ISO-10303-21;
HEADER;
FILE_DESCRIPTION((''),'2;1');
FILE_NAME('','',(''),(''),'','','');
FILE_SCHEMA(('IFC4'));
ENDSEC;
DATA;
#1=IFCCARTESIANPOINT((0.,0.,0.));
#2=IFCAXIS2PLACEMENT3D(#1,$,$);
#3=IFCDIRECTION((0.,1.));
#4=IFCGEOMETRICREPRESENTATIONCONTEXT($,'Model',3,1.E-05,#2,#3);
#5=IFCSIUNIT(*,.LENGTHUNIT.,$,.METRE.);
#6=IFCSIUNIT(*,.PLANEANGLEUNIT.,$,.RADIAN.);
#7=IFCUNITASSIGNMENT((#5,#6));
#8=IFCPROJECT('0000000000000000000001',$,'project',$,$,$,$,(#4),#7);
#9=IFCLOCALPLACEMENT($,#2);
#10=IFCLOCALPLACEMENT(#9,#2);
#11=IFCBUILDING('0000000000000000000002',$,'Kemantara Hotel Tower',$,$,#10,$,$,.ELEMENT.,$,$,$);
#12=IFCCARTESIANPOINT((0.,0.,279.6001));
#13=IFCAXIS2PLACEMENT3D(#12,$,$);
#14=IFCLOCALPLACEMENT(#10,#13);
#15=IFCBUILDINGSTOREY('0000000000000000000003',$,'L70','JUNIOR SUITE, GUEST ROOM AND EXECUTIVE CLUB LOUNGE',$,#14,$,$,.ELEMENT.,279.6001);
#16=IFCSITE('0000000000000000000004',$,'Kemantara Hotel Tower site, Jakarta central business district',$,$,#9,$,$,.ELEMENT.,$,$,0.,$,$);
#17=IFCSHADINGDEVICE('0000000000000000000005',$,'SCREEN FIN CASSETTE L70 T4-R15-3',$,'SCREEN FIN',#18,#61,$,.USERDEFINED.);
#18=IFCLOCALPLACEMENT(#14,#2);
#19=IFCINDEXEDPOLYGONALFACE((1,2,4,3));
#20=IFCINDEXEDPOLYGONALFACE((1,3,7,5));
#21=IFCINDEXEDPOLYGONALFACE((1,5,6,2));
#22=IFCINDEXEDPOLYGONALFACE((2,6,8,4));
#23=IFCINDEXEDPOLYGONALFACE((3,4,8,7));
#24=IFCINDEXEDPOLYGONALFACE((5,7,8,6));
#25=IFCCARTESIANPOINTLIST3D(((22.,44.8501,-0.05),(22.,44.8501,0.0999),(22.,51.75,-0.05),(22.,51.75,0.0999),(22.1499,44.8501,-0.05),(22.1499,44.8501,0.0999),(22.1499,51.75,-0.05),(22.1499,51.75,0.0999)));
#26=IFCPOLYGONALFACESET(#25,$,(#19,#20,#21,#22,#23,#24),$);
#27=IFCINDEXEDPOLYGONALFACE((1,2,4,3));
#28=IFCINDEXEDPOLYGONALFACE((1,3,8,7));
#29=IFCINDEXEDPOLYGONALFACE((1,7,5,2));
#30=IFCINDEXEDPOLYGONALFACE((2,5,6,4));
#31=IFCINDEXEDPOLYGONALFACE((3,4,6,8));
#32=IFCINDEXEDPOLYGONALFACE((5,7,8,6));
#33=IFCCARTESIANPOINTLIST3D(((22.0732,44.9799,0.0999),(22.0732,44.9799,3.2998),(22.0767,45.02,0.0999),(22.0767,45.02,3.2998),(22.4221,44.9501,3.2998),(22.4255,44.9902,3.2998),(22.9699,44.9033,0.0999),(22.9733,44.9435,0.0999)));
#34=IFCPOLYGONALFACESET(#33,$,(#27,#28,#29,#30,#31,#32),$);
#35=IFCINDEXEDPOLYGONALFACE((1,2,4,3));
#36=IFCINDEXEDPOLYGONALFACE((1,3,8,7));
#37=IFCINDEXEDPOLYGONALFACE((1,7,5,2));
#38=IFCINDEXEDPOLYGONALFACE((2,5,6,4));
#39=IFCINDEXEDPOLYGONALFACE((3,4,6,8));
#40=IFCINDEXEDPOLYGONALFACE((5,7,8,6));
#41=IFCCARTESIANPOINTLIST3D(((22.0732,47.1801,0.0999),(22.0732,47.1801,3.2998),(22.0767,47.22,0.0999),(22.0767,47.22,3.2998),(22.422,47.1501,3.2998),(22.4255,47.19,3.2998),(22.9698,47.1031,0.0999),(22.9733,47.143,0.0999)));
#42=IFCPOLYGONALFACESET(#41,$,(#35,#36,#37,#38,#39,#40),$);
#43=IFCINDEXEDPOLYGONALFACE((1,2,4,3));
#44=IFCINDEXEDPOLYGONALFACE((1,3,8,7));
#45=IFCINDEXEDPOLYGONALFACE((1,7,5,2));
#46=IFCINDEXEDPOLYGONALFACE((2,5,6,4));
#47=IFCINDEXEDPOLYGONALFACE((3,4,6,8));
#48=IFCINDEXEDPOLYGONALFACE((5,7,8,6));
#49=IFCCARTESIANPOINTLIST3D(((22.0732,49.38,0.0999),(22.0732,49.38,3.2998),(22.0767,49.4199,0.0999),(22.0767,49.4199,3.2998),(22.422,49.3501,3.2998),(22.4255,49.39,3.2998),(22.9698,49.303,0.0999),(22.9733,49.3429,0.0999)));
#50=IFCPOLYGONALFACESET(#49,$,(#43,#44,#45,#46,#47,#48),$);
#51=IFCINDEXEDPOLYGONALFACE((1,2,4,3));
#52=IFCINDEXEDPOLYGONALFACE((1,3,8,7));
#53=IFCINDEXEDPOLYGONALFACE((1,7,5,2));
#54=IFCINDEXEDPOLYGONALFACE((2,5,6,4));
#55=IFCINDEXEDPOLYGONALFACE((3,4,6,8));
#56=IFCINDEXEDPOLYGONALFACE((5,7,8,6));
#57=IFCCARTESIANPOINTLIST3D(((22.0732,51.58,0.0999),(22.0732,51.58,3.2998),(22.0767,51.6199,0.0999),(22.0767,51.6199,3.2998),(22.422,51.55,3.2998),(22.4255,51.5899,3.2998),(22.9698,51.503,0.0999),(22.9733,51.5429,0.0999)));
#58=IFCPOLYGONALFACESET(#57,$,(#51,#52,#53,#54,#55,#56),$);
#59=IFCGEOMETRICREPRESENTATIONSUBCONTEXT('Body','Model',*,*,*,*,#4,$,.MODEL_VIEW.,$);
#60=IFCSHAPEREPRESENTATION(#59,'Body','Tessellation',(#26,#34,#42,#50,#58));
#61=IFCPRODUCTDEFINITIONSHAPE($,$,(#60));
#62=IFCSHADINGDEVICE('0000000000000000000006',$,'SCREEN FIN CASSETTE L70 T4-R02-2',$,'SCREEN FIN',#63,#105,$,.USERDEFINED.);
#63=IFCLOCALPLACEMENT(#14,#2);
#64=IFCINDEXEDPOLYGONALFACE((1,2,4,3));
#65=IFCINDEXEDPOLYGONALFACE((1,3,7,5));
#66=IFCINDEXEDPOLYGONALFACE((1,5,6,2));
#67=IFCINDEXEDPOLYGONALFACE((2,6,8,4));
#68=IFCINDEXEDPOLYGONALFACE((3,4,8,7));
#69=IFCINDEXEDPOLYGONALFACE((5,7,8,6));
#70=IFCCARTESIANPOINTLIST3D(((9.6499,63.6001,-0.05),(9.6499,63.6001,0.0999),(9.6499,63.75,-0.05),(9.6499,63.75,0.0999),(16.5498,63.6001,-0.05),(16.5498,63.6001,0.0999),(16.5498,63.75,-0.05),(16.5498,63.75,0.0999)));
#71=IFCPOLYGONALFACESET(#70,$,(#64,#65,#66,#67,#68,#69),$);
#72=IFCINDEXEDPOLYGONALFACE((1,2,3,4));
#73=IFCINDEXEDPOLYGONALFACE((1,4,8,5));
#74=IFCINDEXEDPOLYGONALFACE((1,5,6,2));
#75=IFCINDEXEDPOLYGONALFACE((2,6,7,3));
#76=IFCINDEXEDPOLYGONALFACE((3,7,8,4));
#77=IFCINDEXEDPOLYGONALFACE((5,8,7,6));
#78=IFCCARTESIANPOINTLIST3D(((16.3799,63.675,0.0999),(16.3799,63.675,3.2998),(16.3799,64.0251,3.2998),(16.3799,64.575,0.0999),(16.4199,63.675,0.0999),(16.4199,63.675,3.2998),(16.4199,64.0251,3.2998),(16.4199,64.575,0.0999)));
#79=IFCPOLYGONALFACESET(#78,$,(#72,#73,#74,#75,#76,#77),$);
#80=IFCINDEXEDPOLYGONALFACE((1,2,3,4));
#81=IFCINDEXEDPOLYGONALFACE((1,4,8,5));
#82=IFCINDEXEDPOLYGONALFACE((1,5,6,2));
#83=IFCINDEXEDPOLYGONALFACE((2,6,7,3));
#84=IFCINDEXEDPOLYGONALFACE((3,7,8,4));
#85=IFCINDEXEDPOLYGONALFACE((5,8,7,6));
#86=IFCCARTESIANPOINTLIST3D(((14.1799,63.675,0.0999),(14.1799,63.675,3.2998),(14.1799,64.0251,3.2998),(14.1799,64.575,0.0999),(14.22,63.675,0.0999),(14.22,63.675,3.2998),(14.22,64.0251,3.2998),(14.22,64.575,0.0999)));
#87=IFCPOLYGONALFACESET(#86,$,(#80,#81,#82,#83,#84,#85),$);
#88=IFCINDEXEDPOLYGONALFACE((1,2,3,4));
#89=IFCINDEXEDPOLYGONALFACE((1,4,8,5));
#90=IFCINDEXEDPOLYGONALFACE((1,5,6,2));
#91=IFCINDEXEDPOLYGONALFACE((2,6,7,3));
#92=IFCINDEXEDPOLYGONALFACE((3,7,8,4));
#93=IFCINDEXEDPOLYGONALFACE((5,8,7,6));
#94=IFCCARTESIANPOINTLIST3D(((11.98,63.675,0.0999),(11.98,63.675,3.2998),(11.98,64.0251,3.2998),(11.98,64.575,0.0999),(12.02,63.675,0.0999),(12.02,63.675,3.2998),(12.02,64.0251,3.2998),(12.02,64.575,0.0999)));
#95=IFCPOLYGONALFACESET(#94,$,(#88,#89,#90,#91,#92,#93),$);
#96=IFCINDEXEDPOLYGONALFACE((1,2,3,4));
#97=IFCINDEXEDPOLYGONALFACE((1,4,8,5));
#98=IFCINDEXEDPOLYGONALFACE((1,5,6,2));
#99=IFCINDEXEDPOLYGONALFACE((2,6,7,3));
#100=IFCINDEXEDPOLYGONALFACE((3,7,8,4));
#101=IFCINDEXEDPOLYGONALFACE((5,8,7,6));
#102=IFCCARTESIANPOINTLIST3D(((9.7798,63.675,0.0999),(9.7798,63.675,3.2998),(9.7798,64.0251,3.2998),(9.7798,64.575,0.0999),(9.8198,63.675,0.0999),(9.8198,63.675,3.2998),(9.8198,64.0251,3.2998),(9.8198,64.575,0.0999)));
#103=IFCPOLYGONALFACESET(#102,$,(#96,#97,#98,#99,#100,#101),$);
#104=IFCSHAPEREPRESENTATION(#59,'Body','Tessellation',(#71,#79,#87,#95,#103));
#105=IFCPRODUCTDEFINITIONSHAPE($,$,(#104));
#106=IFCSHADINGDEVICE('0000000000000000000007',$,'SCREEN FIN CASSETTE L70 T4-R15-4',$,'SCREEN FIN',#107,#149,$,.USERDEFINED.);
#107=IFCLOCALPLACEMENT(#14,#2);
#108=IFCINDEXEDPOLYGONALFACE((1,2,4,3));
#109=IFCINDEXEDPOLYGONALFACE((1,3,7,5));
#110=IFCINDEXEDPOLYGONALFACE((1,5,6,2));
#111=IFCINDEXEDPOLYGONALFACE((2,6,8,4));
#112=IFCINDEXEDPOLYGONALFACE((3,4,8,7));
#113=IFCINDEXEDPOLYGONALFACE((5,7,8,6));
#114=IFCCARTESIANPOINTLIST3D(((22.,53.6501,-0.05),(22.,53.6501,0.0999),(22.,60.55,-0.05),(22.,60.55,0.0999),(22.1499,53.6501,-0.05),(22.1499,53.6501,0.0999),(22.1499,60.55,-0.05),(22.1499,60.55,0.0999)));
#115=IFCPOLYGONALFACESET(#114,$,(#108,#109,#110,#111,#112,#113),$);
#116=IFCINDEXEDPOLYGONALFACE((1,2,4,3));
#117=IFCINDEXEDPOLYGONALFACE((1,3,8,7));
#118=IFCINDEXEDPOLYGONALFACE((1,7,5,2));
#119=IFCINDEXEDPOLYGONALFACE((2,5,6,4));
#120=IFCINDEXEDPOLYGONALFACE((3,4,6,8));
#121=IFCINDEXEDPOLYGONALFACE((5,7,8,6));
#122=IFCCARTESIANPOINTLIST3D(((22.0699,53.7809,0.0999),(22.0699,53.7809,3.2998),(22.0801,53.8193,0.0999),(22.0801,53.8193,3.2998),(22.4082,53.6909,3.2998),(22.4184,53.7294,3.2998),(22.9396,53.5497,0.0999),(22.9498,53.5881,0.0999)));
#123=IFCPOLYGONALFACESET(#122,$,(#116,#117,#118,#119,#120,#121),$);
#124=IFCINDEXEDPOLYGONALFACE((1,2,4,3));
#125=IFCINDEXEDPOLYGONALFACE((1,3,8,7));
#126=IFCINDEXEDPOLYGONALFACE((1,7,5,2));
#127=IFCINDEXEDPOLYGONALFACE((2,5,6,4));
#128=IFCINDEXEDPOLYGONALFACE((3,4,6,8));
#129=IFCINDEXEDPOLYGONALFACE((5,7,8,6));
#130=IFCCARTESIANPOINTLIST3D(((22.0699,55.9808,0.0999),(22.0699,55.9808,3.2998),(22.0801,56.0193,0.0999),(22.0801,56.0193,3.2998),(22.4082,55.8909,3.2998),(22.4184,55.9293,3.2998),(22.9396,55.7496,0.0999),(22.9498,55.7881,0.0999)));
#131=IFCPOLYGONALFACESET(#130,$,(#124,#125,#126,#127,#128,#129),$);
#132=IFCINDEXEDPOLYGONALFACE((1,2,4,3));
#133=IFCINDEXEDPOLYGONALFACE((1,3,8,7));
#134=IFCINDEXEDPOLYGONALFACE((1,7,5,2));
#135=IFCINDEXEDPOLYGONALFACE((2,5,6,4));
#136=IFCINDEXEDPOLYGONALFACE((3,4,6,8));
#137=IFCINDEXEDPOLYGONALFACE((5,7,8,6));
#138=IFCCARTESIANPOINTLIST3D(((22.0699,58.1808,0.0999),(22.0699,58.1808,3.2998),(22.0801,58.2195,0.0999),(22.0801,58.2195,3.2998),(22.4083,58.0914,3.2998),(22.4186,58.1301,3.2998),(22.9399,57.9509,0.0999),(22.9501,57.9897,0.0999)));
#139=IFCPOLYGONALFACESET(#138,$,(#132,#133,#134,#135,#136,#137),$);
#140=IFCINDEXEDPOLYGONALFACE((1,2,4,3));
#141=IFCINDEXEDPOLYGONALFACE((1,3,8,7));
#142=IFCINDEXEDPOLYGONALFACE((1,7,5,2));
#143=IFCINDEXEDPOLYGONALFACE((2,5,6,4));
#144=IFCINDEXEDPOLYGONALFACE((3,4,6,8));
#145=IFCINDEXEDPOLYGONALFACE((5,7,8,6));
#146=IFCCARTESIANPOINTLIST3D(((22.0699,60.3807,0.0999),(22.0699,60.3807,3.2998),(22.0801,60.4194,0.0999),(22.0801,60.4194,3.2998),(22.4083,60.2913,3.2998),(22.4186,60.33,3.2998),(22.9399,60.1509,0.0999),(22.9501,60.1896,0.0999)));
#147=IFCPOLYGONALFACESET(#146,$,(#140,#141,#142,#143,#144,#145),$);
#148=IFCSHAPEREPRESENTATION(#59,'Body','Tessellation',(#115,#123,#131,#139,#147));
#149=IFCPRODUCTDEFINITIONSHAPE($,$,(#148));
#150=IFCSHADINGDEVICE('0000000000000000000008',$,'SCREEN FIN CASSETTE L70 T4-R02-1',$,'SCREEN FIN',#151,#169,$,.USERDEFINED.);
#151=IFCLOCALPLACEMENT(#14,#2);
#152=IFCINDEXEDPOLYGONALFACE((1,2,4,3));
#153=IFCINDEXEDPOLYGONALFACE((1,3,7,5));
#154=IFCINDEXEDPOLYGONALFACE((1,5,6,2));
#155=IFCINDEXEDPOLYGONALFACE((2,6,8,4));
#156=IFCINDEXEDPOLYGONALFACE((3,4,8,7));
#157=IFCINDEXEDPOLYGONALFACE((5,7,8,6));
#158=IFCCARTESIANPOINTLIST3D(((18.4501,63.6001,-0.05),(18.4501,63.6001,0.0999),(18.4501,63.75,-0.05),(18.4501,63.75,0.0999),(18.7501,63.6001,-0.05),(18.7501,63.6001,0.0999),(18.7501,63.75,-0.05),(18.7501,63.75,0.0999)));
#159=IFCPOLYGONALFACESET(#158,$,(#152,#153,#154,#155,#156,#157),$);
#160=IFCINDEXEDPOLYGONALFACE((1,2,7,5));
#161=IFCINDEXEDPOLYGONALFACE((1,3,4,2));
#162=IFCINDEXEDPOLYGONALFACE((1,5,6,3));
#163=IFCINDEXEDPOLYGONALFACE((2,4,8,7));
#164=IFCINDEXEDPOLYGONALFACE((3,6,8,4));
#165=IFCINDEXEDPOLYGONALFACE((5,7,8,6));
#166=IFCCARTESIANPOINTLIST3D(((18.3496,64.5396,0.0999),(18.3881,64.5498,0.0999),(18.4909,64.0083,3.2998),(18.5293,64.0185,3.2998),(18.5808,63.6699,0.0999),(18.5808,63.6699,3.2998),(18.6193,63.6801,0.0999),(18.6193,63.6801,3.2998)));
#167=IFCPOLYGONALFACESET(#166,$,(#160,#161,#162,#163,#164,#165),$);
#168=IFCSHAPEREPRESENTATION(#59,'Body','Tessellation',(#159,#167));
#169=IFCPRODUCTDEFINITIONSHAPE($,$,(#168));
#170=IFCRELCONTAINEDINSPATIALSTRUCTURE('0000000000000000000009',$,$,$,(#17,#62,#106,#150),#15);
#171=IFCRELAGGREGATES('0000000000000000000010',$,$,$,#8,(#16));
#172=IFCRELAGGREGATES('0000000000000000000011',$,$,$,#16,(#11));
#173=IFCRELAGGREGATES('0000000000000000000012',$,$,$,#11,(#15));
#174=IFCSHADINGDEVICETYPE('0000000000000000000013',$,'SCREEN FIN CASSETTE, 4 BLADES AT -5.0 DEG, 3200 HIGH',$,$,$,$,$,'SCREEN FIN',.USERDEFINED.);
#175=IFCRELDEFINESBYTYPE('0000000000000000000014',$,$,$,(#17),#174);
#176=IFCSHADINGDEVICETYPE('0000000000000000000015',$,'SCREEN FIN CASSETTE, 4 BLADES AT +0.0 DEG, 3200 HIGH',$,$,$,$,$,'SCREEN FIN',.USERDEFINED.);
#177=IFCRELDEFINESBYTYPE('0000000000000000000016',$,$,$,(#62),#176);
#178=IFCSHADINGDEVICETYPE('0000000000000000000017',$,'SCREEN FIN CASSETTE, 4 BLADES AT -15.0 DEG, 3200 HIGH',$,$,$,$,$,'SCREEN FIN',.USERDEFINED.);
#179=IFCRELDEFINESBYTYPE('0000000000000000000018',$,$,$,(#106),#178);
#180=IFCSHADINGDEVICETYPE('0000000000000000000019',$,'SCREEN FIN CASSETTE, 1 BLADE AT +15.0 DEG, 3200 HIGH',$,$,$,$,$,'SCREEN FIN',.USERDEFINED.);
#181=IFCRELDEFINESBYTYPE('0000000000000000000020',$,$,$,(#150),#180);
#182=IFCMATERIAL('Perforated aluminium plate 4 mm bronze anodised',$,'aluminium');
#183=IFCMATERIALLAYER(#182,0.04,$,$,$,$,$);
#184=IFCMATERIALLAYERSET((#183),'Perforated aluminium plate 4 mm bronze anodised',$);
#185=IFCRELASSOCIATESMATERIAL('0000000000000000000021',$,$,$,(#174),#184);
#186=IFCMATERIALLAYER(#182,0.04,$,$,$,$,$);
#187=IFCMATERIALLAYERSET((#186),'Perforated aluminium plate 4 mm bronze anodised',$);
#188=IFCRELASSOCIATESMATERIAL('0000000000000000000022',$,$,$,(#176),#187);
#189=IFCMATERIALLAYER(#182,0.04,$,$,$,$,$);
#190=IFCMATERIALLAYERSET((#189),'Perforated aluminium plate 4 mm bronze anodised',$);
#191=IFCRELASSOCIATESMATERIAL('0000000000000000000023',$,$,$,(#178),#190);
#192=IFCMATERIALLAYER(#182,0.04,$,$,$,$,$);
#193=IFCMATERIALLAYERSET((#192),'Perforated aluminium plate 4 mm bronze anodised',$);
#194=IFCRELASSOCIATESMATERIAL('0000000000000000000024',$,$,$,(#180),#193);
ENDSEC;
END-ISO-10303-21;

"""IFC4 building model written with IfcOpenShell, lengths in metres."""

from ifc_helpers import new_model, si_unit, direction, frame, origin, origin_2d, place, context, subcontext, project, spatial, polyline, rectangle, outline, extrude, source, transform, mapped, material, layer, layer_set, type_object, element, save


model = new_model("IFC4")

# Units and contexts
model_context = context("Model", 3, precision=1e-05, world=origin(), true_north=direction((0.0, 1.0)))
body_context = subcontext(model_context, "Body", "Model", "MODEL_VIEW")
ifc_project = project(units=[si_unit("LENGTHUNIT", "METRE"), si_unit("PLANEANGLEUNIT", "RADIAN")], contexts=[model_context])

# Site, building, storey
site_placement = place(None, origin())
site = spatial("IfcSite", under=ifc_project, at=site_placement, Name="Kemantara Hotel Tower site, Jakarta central business district", CompositionType="ELEMENT", RefElevation=0.0)
building_placement = place(site_placement, origin())
building = spatial("IfcBuilding", under=site, at=building_placement, Name="Kemantara Hotel Tower", CompositionType="ELEMENT")
storey_placement = place(building_placement, frame((0.0, 0.0, 279.6001)))
storey = spatial("IfcBuildingStorey", under=building, at=storey_placement, Name="L70", Description="JUNIOR SUITE, GUEST ROOM AND EXECUTIVE CLUB LOUNGE", CompositionType="ELEMENT", Elevation=279.6001)

# Shading devices
ifc_material_1 = material(Name="Perforated aluminium plate 4 mm bronze anodised", Category="aluminium")
ifc_layer_1 = layer(ifc_material_1, 0.04)
ifc_layer_set_1 = layer_set([ifc_layer_1], Name="Perforated aluminium plate 4 mm bronze anodised")
shading_device_type_1 = type_object("IfcShadingDeviceType", Name="SCREEN FIN CASSETTE, 4 BLADES AT -5.0 DEG, 3200 HIGH", ElementType="SCREEN FIN", PredefinedType="USERDEFINED", material=ifc_layer_set_1)
shared_shape_1 = source(origin(), body_context, "Body", "SweptSolid", [
    extrude(rectangle(XDim=6.8999, YDim=0.1499, at=origin_2d()), frame((3.3, -0.075, -0.1499), z_axis=(0.0, 0.0, 1.0), x_axis=(1.0, 0.0, 0.0)), (0.0, 0.0, 1.0), 0.1499),
    extrude(outline(polyline([(0.0, 0.0), (0.8999, 0.0), (0.3501, 3.2), (0.0, 3.2), (0.0, 0.0)])), frame((0.02, -0.0767, 0.0), z_axis=(-0.996376, 0.085056, 0.0), x_axis=(-0.085056, -0.996376, 0.0)), (0.0, 0.0, 1.0), 0.0403),
    extrude(outline(polyline([(0.0, 0.0), (0.8999, 0.0), (0.3501, 3.2), (0.0, 3.2), (0.0, 0.0)])), frame((2.22, -0.0767, 0.0), z_axis=(-0.996332, 0.085575, 0.0), x_axis=(-0.085575, -0.996332, 0.0)), (0.0, 0.0, 1.0), 0.04),
    extrude(outline(polyline([(0.0, 0.0), (0.8999, 0.0), (0.3501, 3.2), (0.0, 3.2), (0.0, 0.0)])), frame((4.4199, -0.0767, 0.0), z_axis=(-0.996332, 0.085575, 0.0), x_axis=(-0.085575, -0.996332, 0.0)), (0.0, 0.0, 1.0), 0.04),
    extrude(outline(polyline([(0.0, 0.0), (0.8999, 0.0), (0.3501, 3.2), (0.0, 3.2), (0.0, 0.0)])), frame((6.6199, -0.0767, 0.0), z_axis=(-0.996332, 0.085575, 0.0), x_axis=(-0.085575, -0.996332, 0.0)), (0.0, 0.0, 1.0), 0.04),
])
shading_device_1_placement = place(storey_placement, frame((22.0, 45.0, 0.0999), z_axis=(0.0, 0.0, 1.0), x_axis=(0.0, 1.0, 0.0)))
element("IfcShadingDevice", 1, at=shading_device_1_placement, inside=storey, type_object=shading_device_type_1, Name="SCREEN FIN CASSETTE L70 T4-R15-3", ObjectType="SCREEN FIN", PredefinedType="USERDEFINED", context=body_context, shape_type="MappedRepresentation", body=[
    mapped(shared_shape_1, transform((0.0, 0.0, 0.0))),
])
ifc_layer_2 = layer(ifc_material_1, 0.04)
ifc_layer_set_2 = layer_set([ifc_layer_2], Name="Perforated aluminium plate 4 mm bronze anodised")
shading_device_type_2 = type_object("IfcShadingDeviceType", Name="SCREEN FIN CASSETTE, 4 BLADES AT +0.0 DEG, 3200 HIGH", ElementType="SCREEN FIN", PredefinedType="USERDEFINED", material=ifc_layer_set_2)
shared_shape_2 = source(origin(), body_context, "Body", "SweptSolid", [
    extrude(rectangle(XDim=6.8999, YDim=0.1499, at=origin_2d()), frame((3.3, -0.075, -0.1499), z_axis=(0.0, 0.0, 1.0), x_axis=(1.0, 0.0, 0.0)), (0.0, 0.0, 1.0), 0.1499),
    extrude(outline(polyline([(0.0, 0.0), (0.8999, 0.0), (0.3501, 3.2), (0.0, 3.2), (0.0, 0.0)])), frame((0.02, -0.075, 0.0), z_axis=(-1.0, 0.0, 0.0), x_axis=(0.0, -1.0, 0.0)), (0.0, 0.0, 1.0), 0.04),
    extrude(outline(polyline([(0.0, 0.0), (0.8999, 0.0), (0.3501, 3.2), (0.0, 3.2), (0.0, 0.0)])), frame((2.22, -0.075, 0.0), z_axis=(-1.0, 0.0, 0.0), x_axis=(0.0, -1.0, 0.0)), (0.0, 0.0, 1.0), 0.04),
    extrude(outline(polyline([(0.0, 0.0), (0.8999, 0.0), (0.3501, 3.2), (0.0, 3.2), (0.0, 0.0)])), frame((4.4199, -0.075, 0.0), z_axis=(-1.0, 0.0, 0.0), x_axis=(0.0, -1.0, 0.0)), (0.0, 0.0, 1.0), 0.04),
    extrude(outline(polyline([(0.0, 0.0), (0.8999, 0.0), (0.3501, 3.2), (0.0, 3.2), (0.0, 0.0)])), frame((6.6201, -0.075, 0.0), z_axis=(-1.0, 0.0, 0.0), x_axis=(0.0, -1.0, 0.0)), (0.0, 0.0, 1.0), 0.04),
])
shading_device_2_placement = place(storey_placement, frame((16.3999, 63.6001, 0.0999), z_axis=(0.0, 0.0, 1.0), x_axis=(-1.0, 0.0, 0.0)))
element("IfcShadingDevice", 2, at=shading_device_2_placement, inside=storey, type_object=shading_device_type_2, Name="SCREEN FIN CASSETTE L70 T4-R02-2", ObjectType="SCREEN FIN", PredefinedType="USERDEFINED", context=body_context, shape_type="MappedRepresentation", body=[
    mapped(shared_shape_2, transform((0.0, 0.0, 0.0))),
])
ifc_layer_3 = layer(ifc_material_1, 0.04)
ifc_layer_set_3 = layer_set([ifc_layer_3], Name="Perforated aluminium plate 4 mm bronze anodised")
shading_device_type_3 = type_object("IfcShadingDeviceType", Name="SCREEN FIN CASSETTE, 4 BLADES AT -15.0 DEG, 3200 HIGH", ElementType="SCREEN FIN", PredefinedType="USERDEFINED", material=ifc_layer_set_3)
shared_shape_3 = source(origin(), body_context, "Body", "SweptSolid", [
    extrude(rectangle(XDim=6.8999, YDim=0.1499, at=origin_2d()), frame((3.3, -0.075, -0.1499), z_axis=(0.0, 0.0, 1.0), x_axis=(1.0, 0.0, 0.0)), (0.0, 0.0, 1.0), 0.1499),
    extrude(outline(polyline([(0.0, 0.0), (0.8999, 0.0), (0.3501, 3.2), (0.0, 3.2), (0.0, 0.0)])), frame((0.0193, -0.0801, 0.0), z_axis=(-0.966438, 0.256901, 0.0), x_axis=(-0.256901, -0.966438, 0.0)), (0.0, 0.0, 1.0), 0.0398),
    extrude(outline(polyline([(0.0, 0.0), (0.8999, 0.0), (0.3501, 3.2), (0.0, 3.2), (0.0, 0.0)])), frame((2.2192, -0.0801, 0.0), z_axis=(-0.966438, 0.256901, 0.0), x_axis=(-0.256901, -0.966438, 0.0)), (0.0, 0.0, 1.0), 0.0398),
    extrude(outline(polyline([(0.0, 0.0), (0.8999, 0.0), (0.3501, 3.2), (0.0, 3.2), (0.0, 0.0)])), frame((4.4194, -0.0801, 0.0), z_axis=(-0.966838, 0.255391, 0.0), x_axis=(-0.255391, -0.966838, 0.0)), (0.0, 0.0, 1.0), 0.04),
    extrude(outline(polyline([(0.0, 0.0), (0.8999, 0.0), (0.3501, 3.2), (0.0, 3.2), (0.0, 0.0)])), frame((6.6194, -0.0801, 0.0), z_axis=(-0.966838, 0.255391, 0.0), x_axis=(-0.255391, -0.966838, 0.0)), (0.0, 0.0, 1.0), 0.04),
])
shading_device_3_placement = place(storey_placement, frame((22.0, 53.8, 0.0999), z_axis=(0.0, 0.0, 1.0), x_axis=(0.0, 1.0, 0.0)))
element("IfcShadingDevice", 3, at=shading_device_3_placement, inside=storey, type_object=shading_device_type_3, Name="SCREEN FIN CASSETTE L70 T4-R15-4", ObjectType="SCREEN FIN", PredefinedType="USERDEFINED", context=body_context, shape_type="MappedRepresentation", body=[
    mapped(shared_shape_3, transform((0.0, 0.0, 0.0))),
])
ifc_layer_4 = layer(ifc_material_1, 0.04)
ifc_layer_set_4 = layer_set([ifc_layer_4], Name="Perforated aluminium plate 4 mm bronze anodised")
shading_device_type_4 = type_object("IfcShadingDeviceType", Name="SCREEN FIN CASSETTE, 1 BLADE AT +15.0 DEG, 3200 HIGH", ElementType="SCREEN FIN", PredefinedType="USERDEFINED", material=ifc_layer_set_4)
shared_shape_4 = source(origin(), body_context, "Body", "SweptSolid", [
    extrude(rectangle(XDim=0.3, YDim=0.1499, at=origin_2d()), frame((0.0, -0.075, -0.1499), z_axis=(0.0, 0.0, 1.0), x_axis=(1.0, 0.0, 0.0)), (0.0, 0.0, 1.0), 0.1499),
    extrude(outline(polyline([(0.0, 0.0), (0.8999, 0.0), (0.3501, 3.2), (0.0, 3.2), (0.0, 0.0)])), frame((0.0193, -0.0698, 0.0), z_axis=(-0.966438, -0.256901, 0.0), x_axis=(0.256901, -0.966438, 0.0)), (0.0, 0.0, 1.0), 0.0398),
])
shading_device_4_placement = place(storey_placement, frame((18.6001, 63.6001, 0.0999), z_axis=(0.0, 0.0, 1.0), x_axis=(-1.0, 0.0, 0.0)))
element("IfcShadingDevice", 4, at=shading_device_4_placement, inside=storey, type_object=shading_device_type_4, Name="SCREEN FIN CASSETTE L70 T4-R02-1", ObjectType="SCREEN FIN", PredefinedType="USERDEFINED", context=body_context, shape_type="MappedRepresentation", body=[
    mapped(shared_shape_4, transform((0.0, 0.0, 0.0))),
])

save(model, "model.ifc")
